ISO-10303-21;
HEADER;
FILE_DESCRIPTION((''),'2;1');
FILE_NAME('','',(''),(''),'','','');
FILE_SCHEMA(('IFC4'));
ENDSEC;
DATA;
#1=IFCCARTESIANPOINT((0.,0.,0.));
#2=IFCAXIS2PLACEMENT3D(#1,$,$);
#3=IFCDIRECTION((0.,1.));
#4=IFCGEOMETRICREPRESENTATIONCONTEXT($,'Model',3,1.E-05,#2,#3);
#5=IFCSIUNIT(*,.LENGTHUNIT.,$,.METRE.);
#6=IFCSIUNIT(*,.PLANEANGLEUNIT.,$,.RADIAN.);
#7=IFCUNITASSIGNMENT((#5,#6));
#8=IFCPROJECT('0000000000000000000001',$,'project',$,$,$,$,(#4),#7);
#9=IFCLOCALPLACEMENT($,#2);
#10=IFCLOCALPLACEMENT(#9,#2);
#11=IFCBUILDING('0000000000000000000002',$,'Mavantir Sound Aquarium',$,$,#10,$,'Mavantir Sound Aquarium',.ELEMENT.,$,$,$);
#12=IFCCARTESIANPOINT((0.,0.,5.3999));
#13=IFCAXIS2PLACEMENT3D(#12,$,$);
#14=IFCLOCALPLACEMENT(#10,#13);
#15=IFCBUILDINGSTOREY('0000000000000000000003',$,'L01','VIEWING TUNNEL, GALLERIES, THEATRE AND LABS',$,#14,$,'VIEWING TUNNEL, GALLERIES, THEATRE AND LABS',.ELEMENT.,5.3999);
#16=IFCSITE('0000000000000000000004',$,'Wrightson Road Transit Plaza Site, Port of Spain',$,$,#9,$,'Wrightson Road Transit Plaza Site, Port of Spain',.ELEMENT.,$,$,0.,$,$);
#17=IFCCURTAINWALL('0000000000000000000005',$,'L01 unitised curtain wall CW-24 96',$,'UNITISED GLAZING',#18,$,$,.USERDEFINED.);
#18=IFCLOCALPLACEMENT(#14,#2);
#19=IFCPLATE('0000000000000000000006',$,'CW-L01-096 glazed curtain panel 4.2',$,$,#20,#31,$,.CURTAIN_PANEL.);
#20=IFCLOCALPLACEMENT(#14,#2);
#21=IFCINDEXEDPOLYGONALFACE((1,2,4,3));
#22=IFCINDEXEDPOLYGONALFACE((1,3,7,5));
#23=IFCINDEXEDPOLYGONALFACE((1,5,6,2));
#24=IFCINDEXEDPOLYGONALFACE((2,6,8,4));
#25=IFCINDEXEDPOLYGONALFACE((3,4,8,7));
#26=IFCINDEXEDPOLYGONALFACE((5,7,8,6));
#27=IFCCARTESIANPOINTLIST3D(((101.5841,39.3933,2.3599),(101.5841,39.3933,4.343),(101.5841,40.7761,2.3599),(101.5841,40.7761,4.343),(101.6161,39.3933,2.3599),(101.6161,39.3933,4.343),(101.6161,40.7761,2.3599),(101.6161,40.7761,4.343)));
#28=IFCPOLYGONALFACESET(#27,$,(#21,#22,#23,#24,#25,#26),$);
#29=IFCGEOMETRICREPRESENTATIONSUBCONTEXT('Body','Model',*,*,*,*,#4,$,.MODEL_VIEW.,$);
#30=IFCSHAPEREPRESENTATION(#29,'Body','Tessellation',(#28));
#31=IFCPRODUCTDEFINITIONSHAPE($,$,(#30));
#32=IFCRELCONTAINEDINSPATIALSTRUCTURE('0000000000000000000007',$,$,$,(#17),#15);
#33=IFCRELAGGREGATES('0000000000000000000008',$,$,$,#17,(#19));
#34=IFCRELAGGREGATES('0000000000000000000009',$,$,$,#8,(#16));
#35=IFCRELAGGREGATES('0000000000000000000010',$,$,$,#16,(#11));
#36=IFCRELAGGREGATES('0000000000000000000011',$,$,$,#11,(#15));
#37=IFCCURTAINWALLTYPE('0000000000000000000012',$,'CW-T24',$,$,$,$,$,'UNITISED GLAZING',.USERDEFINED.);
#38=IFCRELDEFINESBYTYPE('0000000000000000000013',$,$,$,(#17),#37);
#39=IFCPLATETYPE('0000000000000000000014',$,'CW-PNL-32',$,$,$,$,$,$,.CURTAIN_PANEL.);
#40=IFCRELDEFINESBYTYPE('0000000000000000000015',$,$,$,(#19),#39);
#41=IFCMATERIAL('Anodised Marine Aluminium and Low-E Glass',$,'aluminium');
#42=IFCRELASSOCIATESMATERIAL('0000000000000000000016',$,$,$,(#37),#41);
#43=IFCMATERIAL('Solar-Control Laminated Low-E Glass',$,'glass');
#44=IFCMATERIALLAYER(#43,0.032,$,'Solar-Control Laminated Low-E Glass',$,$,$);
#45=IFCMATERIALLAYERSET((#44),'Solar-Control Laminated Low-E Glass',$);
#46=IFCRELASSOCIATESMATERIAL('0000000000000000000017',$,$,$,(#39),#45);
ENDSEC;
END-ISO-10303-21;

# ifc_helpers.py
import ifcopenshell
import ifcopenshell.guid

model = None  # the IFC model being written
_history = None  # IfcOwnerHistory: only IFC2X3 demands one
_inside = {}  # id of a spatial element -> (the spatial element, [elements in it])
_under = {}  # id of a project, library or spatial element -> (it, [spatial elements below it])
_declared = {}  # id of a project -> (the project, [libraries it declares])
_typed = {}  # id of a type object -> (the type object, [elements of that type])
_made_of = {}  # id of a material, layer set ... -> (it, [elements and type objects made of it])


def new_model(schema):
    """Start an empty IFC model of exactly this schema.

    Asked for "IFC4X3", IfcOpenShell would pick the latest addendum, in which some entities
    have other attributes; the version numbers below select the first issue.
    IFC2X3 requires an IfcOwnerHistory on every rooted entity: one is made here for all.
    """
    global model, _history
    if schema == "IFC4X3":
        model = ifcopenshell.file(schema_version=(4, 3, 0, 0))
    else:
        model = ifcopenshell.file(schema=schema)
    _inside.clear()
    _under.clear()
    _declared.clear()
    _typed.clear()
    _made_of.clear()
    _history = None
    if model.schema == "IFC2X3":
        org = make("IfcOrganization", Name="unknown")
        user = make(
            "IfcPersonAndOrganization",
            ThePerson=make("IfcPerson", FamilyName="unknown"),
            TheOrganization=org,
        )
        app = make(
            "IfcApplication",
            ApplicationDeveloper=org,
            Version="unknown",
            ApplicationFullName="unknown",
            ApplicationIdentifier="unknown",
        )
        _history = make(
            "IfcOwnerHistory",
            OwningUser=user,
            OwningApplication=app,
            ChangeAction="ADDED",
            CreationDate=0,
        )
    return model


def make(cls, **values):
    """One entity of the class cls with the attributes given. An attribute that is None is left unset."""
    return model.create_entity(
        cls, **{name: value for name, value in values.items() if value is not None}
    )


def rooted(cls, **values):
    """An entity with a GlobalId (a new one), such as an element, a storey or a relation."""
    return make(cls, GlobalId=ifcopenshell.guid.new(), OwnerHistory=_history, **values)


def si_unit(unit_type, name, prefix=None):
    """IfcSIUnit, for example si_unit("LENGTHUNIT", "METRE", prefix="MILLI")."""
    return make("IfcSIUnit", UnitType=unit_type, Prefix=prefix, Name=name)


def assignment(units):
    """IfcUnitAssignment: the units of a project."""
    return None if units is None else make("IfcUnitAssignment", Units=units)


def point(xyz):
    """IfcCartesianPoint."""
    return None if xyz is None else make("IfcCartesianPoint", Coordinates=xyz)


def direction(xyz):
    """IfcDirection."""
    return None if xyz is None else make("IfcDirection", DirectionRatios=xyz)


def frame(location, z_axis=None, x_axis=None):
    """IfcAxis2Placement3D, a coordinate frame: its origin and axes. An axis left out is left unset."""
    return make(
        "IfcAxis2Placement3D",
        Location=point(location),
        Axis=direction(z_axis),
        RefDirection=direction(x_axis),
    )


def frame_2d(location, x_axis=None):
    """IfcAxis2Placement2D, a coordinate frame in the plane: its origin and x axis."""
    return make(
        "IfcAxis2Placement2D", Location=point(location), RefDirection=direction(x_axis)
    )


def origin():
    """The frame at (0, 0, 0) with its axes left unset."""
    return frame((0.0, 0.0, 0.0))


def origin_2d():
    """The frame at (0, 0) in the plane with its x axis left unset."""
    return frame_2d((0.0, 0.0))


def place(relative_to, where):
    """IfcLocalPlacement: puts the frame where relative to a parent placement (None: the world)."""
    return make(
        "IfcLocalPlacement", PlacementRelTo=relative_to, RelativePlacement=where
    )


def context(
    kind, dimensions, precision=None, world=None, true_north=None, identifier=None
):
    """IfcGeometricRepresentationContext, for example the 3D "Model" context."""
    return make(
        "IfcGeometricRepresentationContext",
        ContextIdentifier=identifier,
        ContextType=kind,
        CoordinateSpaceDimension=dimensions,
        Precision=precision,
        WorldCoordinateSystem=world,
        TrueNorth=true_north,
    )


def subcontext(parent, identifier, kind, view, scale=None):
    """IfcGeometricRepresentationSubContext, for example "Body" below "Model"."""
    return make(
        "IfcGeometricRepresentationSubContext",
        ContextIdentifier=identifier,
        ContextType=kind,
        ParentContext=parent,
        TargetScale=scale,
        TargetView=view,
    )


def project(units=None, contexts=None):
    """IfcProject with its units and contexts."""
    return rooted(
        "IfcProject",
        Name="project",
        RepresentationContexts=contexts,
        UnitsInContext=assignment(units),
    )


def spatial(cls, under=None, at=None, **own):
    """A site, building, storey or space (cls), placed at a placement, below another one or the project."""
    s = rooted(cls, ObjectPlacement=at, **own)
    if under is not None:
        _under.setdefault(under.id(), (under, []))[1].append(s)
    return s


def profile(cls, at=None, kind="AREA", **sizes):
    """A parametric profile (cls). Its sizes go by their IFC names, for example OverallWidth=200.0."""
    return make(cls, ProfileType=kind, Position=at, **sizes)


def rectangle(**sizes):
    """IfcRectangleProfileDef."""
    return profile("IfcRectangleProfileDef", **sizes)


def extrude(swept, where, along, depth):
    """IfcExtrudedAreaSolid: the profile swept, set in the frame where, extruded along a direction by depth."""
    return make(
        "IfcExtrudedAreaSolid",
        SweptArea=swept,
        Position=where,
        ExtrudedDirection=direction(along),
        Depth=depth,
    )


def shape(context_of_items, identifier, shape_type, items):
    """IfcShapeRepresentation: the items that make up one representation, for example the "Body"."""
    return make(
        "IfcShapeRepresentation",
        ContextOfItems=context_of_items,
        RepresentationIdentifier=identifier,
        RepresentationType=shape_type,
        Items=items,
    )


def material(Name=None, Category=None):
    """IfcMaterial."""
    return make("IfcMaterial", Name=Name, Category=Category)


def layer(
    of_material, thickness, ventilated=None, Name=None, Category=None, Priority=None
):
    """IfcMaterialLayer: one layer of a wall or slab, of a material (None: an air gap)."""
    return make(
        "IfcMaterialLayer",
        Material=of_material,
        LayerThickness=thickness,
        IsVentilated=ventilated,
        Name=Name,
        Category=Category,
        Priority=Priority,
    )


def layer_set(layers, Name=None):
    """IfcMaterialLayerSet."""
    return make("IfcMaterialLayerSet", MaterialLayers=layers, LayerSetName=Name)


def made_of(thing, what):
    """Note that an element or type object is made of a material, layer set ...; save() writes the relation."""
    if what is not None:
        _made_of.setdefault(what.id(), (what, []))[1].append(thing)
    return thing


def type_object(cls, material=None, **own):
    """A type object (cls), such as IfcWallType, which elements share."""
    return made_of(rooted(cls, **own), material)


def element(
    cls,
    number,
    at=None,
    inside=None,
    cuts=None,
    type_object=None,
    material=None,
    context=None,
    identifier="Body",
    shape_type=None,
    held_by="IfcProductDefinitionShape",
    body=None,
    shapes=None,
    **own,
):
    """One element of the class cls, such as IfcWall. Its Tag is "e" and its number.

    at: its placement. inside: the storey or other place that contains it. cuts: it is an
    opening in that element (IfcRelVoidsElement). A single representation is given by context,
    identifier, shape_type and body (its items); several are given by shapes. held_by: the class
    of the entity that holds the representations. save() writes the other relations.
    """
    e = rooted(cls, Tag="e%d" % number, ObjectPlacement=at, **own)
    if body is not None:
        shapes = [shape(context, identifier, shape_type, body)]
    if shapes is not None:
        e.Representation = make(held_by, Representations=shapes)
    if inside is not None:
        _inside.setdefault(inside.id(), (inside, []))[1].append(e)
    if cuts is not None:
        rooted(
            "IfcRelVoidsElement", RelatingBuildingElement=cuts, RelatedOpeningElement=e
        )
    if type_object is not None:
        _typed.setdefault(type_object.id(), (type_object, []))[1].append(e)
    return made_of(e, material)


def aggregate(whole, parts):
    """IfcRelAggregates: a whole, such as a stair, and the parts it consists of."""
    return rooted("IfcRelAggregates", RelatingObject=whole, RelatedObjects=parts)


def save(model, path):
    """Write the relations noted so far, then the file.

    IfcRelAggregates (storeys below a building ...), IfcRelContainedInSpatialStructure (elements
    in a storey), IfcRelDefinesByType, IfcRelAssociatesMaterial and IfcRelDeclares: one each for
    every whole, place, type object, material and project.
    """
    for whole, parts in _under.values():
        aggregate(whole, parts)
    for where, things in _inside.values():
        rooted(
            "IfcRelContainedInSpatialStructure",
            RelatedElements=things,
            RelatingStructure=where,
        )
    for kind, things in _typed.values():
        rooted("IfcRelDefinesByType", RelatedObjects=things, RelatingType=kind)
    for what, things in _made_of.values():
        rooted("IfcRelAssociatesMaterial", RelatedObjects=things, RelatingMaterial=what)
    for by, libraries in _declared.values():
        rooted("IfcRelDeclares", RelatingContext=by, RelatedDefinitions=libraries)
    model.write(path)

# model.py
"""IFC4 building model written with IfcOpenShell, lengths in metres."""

from ifc_helpers import new_model, si_unit, direction, frame, origin, origin_2d, place, context, subcontext, project, spatial, rectangle, extrude, material, layer, layer_set, type_object, element, aggregate, save


model = new_model("IFC4")

# Units and contexts
model_context = context("Model", 3, precision=1e-05, world=origin(), true_north=direction((0.0, 1.0)))
body_context = subcontext(model_context, "Body", "Model", "MODEL_VIEW")
ifc_project = project(units=[si_unit("LENGTHUNIT", "METRE"), si_unit("PLANEANGLEUNIT", "RADIAN")], contexts=[model_context])

# Site, building, storey
site_placement = place(None, origin())
site = spatial("IfcSite", under=ifc_project, at=site_placement, Name="Wrightson Road Transit Plaza Site, Port of Spain", LongName="Wrightson Road Transit Plaza Site, Port of Spain", CompositionType="ELEMENT", RefElevation=0.0)
building_placement = place(site_placement, origin())
building = spatial("IfcBuilding", under=site, at=building_placement, Name="Mavantir Sound Aquarium", LongName="Mavantir Sound Aquarium", CompositionType="ELEMENT")
storey_placement = place(building_placement, frame((0.0, 0.0, 5.3999)))
storey = spatial("IfcBuildingStorey", under=building, at=storey_placement, Name="L01", Description="VIEWING TUNNEL, GALLERIES, THEATRE AND LABS", LongName="VIEWING TUNNEL, GALLERIES, THEATRE AND LABS", CompositionType="ELEMENT", Elevation=5.3999)

# Shared definitions
ifc_material_1 = material(Name="Anodised Marine Aluminium and Low-E Glass", Category="aluminium")

# Curtain wall
curtain_wall_type_1 = type_object("IfcCurtainWallType", Name="CW-T24", ElementType="UNITISED GLAZING", PredefinedType="USERDEFINED", material=ifc_material_1)
curtain_wall_1_placement = place(storey_placement, origin())
curtain_wall_1 = element("IfcCurtainWall", 1, at=curtain_wall_1_placement, inside=storey, type_object=curtain_wall_type_1, Name="L01 unitised curtain wall CW-24 96", ObjectType="UNITISED GLAZING", PredefinedType="USERDEFINED")

# Plate
ifc_material_2 = material(Name="Solar-Control Laminated Low-E Glass", Category="glass")
ifc_layer_1 = layer(ifc_material_2, 0.032, Name="Solar-Control Laminated Low-E Glass")
ifc_layer_set_1 = layer_set([ifc_layer_1], Name="Solar-Control Laminated Low-E Glass")
plate_type_1 = type_object("IfcPlateType", Name="CW-PNL-32", PredefinedType="CURTAIN_PANEL", material=ifc_layer_set_1)
plate_1_placement = place(storey_placement, frame((101.6001, 40.0847, 2.3599), z_axis=(0.0, 0.0, 1.0), x_axis=(0.0, -1.0, 0.0)))
plate_1 = element("IfcPlate", 2, at=plate_1_placement, type_object=plate_type_1, Name="CW-L01-096 glazed curtain panel 4.2", PredefinedType="CURTAIN_PANEL", context=body_context, shape_type="SweptSolid", body=[
    extrude(rectangle(XDim=1.3828, YDim=0.032, at=origin_2d()), origin(), (0.0, 0.0, 1.0), 1.9832),
])
aggregate(curtain_wall_1, [plate_1])

save(model, "model.ifc")
